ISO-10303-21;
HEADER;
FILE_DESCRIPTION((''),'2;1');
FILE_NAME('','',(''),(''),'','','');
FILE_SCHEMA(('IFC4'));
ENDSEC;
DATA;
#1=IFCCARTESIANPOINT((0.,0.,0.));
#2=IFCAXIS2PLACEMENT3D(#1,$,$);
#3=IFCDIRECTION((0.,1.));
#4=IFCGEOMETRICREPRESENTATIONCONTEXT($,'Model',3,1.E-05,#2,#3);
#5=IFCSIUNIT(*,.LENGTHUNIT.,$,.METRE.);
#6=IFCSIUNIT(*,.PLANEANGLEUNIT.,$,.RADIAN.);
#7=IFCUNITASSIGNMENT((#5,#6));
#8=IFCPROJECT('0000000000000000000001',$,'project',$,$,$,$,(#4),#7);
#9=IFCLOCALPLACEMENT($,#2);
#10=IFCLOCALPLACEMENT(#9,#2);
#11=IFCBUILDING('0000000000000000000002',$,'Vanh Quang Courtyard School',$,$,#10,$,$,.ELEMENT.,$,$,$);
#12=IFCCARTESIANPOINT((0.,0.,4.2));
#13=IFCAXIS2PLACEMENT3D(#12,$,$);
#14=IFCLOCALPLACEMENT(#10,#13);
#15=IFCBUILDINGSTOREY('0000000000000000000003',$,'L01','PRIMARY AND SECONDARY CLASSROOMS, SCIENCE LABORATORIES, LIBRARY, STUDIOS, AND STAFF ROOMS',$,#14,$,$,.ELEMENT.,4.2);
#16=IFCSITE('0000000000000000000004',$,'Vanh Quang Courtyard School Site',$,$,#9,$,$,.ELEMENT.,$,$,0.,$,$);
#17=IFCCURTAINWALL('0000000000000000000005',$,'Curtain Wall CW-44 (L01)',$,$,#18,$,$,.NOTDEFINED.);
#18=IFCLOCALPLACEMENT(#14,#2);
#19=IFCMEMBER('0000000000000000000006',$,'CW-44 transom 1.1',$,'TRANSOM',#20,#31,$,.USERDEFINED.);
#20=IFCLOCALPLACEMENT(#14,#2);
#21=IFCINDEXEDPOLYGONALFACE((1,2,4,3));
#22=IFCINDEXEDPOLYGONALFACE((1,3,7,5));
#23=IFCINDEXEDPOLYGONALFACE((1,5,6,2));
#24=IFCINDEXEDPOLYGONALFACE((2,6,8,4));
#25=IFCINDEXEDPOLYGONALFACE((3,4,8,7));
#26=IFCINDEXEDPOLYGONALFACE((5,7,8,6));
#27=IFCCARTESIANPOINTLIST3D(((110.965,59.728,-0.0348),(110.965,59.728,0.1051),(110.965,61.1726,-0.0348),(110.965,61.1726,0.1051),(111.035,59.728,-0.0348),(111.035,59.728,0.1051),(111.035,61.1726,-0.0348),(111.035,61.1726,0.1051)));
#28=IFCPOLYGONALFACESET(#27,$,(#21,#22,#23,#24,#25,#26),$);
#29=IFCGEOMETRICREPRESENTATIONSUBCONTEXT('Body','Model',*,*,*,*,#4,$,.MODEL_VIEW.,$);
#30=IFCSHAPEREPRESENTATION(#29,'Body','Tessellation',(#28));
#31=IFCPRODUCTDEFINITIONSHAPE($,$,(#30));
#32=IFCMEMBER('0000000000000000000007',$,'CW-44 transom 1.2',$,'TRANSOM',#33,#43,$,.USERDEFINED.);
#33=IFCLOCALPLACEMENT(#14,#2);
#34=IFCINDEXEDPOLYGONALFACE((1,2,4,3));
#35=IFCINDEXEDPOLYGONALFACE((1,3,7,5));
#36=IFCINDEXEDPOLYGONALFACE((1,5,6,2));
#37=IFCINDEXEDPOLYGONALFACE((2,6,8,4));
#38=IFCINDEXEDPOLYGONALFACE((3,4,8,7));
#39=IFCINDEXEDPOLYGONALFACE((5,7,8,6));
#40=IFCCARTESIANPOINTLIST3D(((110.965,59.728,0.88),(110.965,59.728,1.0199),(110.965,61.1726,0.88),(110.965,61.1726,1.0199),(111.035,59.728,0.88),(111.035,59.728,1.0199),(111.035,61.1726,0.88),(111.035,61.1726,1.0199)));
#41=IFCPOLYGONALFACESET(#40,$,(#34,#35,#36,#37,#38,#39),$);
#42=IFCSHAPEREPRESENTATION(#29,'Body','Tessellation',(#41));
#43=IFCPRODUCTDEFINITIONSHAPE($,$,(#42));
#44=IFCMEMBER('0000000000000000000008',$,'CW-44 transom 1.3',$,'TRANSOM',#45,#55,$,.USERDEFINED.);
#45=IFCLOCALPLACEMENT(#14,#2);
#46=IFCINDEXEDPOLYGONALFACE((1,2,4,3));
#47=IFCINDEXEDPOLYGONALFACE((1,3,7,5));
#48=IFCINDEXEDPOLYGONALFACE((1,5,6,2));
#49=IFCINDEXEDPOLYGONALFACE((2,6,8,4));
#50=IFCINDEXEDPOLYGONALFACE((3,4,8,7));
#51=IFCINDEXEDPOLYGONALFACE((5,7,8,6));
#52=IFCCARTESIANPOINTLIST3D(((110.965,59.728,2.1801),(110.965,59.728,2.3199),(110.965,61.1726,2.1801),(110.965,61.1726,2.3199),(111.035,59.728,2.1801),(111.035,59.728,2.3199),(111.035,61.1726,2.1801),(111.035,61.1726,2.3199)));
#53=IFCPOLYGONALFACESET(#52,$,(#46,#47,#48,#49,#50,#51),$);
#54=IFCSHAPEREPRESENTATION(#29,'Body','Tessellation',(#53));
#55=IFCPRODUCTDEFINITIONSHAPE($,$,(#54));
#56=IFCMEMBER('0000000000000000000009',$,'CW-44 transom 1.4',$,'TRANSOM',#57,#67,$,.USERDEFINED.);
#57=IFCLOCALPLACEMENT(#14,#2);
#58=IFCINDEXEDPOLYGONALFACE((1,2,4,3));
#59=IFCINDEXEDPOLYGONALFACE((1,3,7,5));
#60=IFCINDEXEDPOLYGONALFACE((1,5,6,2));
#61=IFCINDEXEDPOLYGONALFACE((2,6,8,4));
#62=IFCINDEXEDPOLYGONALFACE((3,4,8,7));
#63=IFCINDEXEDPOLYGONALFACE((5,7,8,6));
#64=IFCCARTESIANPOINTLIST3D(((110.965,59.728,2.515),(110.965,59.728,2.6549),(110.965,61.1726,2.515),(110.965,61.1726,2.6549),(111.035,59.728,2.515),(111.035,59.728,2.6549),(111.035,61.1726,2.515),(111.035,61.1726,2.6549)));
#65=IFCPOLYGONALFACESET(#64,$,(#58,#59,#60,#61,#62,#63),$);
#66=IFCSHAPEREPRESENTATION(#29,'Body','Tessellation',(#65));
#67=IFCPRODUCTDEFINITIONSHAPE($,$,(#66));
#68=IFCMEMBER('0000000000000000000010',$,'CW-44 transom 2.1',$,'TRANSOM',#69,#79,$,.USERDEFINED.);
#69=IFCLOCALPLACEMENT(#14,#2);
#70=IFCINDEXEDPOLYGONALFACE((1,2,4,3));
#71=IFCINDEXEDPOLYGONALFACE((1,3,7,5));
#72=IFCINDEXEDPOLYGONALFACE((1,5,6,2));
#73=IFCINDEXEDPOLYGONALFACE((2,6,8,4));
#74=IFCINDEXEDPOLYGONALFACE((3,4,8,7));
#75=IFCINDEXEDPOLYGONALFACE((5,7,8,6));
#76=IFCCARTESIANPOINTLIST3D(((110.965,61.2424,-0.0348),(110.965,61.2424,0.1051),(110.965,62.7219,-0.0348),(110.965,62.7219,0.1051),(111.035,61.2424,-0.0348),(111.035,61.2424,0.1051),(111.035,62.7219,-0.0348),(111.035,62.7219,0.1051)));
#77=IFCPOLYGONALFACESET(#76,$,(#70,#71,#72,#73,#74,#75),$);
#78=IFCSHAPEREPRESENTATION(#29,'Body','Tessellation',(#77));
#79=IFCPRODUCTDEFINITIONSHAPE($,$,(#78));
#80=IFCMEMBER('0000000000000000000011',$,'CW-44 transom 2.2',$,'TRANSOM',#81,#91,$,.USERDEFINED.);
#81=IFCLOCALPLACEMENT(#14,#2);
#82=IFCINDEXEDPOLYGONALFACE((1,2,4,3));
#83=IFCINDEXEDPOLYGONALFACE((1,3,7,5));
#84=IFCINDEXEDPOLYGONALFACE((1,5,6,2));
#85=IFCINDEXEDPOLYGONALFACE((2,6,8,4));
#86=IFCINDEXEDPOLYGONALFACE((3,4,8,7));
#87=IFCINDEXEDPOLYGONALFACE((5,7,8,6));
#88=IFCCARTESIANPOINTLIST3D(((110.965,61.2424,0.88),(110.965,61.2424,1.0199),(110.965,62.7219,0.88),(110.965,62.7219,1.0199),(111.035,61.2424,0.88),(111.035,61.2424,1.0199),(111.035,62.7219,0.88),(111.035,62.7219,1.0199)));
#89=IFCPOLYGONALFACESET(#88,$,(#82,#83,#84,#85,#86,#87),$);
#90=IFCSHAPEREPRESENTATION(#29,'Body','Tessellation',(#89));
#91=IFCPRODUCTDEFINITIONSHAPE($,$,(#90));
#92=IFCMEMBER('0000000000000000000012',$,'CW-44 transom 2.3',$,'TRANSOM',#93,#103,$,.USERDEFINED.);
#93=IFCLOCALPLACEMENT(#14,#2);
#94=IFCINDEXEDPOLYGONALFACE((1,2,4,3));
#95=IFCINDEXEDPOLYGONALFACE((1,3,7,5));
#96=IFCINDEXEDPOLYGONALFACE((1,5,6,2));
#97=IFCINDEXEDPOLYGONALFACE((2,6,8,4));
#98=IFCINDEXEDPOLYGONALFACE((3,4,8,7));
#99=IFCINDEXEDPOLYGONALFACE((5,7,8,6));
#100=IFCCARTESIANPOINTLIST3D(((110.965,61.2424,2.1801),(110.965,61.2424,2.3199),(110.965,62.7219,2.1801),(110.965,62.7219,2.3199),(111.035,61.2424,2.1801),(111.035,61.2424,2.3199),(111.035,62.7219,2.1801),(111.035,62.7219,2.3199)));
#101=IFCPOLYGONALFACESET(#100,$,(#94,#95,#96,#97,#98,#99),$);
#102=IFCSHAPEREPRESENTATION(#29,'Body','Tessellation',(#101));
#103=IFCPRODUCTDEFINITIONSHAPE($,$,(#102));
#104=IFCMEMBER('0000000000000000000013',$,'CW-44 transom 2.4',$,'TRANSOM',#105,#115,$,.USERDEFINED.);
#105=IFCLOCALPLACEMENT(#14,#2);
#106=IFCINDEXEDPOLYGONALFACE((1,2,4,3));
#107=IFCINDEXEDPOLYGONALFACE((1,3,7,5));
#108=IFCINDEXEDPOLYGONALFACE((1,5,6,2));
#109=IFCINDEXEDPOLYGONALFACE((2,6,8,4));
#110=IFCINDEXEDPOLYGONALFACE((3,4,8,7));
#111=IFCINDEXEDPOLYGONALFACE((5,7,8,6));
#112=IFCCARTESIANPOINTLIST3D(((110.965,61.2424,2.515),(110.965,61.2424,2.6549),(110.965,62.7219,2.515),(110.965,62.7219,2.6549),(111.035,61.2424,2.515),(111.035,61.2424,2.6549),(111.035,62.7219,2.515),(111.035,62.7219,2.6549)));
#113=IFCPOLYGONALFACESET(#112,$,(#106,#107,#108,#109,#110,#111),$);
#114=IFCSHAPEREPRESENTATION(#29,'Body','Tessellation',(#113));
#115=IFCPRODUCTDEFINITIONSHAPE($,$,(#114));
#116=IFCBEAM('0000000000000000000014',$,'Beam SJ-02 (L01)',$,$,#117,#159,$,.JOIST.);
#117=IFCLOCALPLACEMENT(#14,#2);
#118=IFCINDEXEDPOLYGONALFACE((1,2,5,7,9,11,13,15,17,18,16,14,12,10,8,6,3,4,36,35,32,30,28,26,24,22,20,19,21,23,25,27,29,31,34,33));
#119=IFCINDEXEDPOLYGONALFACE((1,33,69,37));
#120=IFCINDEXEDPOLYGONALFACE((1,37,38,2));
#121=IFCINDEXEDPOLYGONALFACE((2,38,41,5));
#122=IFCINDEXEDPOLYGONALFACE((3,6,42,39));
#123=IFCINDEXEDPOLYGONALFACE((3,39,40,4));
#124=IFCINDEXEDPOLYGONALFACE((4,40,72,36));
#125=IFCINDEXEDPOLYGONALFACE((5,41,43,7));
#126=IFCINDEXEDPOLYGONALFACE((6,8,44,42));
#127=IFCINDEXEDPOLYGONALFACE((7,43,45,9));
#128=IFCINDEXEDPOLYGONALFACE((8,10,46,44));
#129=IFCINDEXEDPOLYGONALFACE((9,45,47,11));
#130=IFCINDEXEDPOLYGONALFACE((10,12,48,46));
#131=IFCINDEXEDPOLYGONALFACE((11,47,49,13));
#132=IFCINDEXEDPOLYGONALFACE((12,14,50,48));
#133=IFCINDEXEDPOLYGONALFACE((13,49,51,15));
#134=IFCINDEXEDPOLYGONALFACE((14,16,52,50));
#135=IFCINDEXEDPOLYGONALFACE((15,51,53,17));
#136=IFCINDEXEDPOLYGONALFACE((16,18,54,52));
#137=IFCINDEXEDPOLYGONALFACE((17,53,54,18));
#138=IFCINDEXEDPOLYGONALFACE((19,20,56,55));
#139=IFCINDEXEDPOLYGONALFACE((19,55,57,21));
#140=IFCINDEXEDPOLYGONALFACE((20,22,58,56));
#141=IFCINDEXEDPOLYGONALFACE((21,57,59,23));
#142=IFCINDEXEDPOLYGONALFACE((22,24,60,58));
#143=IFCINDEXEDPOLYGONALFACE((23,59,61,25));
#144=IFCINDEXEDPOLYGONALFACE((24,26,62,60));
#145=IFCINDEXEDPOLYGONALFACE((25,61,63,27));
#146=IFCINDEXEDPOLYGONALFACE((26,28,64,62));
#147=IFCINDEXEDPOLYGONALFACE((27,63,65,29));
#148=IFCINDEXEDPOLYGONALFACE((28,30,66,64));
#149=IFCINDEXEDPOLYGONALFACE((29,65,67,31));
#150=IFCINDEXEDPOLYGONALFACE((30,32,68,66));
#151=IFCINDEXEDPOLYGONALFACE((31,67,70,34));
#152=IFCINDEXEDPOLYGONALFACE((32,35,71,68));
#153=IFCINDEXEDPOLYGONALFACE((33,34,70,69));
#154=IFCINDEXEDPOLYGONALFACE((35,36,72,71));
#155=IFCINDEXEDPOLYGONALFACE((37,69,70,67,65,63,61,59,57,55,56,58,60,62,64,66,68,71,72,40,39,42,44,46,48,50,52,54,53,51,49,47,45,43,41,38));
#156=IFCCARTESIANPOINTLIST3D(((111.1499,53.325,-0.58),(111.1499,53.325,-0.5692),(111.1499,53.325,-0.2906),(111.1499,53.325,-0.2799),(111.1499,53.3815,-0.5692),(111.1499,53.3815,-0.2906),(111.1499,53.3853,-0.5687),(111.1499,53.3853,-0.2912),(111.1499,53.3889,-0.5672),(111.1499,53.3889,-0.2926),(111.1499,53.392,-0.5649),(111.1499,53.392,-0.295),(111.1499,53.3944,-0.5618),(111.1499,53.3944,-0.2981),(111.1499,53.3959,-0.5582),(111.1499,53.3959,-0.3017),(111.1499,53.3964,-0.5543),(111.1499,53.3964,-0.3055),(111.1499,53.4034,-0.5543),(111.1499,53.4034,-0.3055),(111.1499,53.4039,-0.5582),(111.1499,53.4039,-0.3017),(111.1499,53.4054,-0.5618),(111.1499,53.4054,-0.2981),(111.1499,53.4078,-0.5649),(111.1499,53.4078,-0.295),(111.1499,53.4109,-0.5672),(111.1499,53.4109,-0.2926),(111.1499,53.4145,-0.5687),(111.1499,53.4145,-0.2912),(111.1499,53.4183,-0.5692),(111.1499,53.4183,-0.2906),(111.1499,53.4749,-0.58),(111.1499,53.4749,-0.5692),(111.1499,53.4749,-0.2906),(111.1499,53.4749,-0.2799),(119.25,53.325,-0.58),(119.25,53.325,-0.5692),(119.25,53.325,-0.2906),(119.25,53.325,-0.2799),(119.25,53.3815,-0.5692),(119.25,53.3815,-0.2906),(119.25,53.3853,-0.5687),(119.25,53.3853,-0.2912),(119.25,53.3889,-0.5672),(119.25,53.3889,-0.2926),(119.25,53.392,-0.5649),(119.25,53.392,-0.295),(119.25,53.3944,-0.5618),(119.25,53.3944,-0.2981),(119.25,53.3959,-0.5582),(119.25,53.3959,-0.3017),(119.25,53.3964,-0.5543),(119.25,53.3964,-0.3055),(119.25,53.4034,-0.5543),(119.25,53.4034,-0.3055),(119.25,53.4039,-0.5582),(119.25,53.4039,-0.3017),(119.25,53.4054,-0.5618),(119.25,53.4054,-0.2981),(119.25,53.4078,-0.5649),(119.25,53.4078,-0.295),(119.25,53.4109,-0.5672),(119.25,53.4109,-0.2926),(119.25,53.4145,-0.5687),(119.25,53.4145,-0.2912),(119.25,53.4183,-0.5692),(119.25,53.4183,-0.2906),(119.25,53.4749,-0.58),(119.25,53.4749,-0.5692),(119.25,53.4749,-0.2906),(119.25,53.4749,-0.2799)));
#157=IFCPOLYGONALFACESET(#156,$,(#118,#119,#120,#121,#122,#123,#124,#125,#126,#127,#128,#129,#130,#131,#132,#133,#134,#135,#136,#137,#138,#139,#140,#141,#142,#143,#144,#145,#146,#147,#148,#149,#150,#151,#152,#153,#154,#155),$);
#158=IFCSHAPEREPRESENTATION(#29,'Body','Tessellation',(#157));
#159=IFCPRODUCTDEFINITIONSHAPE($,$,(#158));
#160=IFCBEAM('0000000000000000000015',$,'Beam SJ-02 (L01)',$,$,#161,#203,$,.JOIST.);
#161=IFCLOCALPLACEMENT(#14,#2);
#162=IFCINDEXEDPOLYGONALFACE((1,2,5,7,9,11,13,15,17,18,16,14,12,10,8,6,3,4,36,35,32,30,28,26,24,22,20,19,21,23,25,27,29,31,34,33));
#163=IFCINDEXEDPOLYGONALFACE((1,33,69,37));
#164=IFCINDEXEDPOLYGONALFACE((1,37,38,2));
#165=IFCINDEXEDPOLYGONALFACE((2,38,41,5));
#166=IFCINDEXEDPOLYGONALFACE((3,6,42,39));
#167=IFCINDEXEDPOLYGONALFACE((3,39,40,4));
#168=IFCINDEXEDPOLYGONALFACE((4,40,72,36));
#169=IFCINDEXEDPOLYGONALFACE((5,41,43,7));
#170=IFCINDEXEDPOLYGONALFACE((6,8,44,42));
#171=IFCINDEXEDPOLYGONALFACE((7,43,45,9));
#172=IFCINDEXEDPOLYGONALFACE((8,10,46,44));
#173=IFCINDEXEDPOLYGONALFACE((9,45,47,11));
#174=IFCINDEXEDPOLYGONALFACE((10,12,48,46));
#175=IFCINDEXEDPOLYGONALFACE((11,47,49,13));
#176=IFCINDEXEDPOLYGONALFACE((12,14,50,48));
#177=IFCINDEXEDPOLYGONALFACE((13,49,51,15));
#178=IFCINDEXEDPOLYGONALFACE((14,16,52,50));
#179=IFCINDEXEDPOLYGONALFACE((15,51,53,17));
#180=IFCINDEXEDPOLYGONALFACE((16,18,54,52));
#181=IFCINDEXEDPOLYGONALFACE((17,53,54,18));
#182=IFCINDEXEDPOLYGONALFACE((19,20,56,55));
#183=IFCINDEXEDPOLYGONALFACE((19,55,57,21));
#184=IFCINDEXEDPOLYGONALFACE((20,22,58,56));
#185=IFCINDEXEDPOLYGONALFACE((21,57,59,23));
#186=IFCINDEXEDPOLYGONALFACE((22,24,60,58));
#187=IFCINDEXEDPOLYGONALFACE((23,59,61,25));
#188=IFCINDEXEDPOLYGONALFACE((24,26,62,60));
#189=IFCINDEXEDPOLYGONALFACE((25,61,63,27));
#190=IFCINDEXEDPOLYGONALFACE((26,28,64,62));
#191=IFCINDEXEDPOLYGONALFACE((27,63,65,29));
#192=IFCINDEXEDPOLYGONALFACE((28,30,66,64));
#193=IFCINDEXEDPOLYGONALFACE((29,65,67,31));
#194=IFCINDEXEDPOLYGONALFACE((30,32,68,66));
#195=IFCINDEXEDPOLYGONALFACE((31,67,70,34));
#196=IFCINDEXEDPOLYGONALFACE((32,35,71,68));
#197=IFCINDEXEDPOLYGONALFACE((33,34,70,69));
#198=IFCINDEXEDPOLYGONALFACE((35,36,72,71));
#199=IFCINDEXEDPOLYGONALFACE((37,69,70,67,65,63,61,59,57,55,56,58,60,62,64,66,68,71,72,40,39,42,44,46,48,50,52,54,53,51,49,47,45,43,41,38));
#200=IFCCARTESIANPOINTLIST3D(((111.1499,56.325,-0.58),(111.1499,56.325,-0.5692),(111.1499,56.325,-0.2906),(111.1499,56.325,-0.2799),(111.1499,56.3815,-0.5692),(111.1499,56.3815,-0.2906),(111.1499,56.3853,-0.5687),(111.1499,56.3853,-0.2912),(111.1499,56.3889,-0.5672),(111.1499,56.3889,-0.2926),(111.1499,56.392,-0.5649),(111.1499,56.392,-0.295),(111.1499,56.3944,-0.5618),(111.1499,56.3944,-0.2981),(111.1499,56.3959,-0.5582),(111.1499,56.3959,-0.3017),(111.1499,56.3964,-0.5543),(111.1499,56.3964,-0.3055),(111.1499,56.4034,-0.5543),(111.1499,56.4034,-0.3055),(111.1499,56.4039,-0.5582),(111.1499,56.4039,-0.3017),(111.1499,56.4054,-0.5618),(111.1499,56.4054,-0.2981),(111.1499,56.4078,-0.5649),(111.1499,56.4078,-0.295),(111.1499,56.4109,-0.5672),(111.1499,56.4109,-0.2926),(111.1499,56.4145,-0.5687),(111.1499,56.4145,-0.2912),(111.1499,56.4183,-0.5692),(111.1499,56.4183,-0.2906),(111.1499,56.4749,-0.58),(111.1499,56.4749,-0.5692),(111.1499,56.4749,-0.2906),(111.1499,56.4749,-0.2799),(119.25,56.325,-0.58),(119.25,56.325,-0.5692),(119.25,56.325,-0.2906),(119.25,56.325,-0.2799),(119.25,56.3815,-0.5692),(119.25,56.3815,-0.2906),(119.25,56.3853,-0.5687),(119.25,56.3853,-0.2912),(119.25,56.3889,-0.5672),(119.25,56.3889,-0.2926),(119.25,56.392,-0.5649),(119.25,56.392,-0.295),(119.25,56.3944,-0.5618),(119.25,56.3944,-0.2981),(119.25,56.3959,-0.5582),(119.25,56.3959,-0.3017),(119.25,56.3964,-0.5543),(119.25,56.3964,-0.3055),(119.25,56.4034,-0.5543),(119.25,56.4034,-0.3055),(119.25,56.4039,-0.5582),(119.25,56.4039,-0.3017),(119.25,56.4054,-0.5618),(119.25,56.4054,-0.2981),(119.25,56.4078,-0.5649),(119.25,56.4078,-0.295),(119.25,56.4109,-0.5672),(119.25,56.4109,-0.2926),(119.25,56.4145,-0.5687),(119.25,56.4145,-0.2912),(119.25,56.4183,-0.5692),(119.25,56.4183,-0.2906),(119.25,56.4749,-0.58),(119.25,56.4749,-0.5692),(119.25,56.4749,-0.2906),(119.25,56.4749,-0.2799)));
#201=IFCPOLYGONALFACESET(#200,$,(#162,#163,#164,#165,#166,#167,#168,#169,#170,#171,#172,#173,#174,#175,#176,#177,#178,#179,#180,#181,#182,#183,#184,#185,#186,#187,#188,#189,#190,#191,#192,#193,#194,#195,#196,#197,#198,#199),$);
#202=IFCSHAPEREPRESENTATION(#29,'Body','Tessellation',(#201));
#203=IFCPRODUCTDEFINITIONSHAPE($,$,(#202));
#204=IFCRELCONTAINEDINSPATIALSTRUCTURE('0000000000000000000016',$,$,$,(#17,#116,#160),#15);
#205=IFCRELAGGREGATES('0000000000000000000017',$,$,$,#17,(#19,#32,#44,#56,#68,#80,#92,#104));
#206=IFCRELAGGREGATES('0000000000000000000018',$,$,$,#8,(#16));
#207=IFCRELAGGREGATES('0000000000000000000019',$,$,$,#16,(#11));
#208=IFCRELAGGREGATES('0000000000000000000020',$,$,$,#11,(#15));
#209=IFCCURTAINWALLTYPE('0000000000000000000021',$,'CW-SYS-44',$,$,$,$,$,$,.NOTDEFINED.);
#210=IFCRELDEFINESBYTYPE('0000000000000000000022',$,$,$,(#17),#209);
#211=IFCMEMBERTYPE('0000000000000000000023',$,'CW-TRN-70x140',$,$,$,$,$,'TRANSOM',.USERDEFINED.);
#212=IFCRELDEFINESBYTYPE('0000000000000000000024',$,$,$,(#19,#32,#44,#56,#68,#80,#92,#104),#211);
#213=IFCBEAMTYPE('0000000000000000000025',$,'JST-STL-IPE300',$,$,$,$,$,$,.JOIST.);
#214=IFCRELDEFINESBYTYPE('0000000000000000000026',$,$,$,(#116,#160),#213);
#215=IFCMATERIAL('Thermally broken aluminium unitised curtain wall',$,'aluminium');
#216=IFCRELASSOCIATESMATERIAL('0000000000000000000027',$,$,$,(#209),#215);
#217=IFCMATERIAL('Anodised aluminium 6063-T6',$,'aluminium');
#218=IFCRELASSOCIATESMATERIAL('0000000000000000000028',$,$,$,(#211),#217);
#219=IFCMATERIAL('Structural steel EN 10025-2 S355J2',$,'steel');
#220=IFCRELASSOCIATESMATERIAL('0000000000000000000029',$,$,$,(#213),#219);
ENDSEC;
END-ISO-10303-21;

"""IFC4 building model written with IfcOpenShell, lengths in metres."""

from ifc_helpers import new_model, si_unit, direction, frame, origin, origin_2d, place, context, subcontext, project, spatial, rectangle, i_section, extrude, material, material_profile, profile_set, type_object, element, aggregate, save


model = new_model("IFC4")

# Units and contexts
model_context = context("Model", 3, precision=1e-05, world=origin(), true_north=direction((0.0, 1.0)))
body_context = subcontext(model_context, "Body", "Model", "MODEL_VIEW")
ifc_project = project(units=[si_unit("LENGTHUNIT", "METRE"), si_unit("PLANEANGLEUNIT", "RADIAN")], contexts=[model_context])

# Site, building, storey
site_placement = place(None, origin())
site = spatial("IfcSite", under=ifc_project, at=site_placement, Name="Vanh Quang Courtyard School Site", CompositionType="ELEMENT", RefElevation=0.0)
building_placement = place(site_placement, origin())
building = spatial("IfcBuilding", under=site, at=building_placement, Name="Vanh Quang Courtyard School", CompositionType="ELEMENT")
storey_placement = place(building_placement, frame((0.0, 0.0, 4.2)))
storey = spatial("IfcBuildingStorey", under=building, at=storey_placement, Name="L01", Description="PRIMARY AND SECONDARY CLASSROOMS, SCIENCE LABORATORIES, LIBRARY, STUDIOS, AND STAFF ROOMS", CompositionType="ELEMENT", Elevation=4.2)

# Shared definitions
ifc_material_1 = material(Name="Structural steel EN 10025-2 S355J2", Category="steel")

# Curtain wall, members
ifc_material_2 = material(Name="Thermally broken aluminium unitised curtain wall", Category="aluminium")
curtain_wall_type = type_object("IfcCurtainWallType", Name="CW-SYS-44", PredefinedType="NOTDEFINED", material=ifc_material_2)
curtain_wall_placement = place(storey_placement, origin())
curtain_wall = element("IfcCurtainWall", 1, at=curtain_wall_placement, inside=storey, type_object=curtain_wall_type, Name="Curtain Wall CW-44 (L01)", PredefinedType="NOTDEFINED")
ifc_material_3 = material(Name="Anodised aluminium 6063-T6", Category="aluminium")
ifc_material_profile_1 = material_profile(ifc_material_3, rectangle(XDim=0.0701, YDim=0.1399, at=origin_2d()), Name="ALU-TRN 70x140")
ifc_profile_set_1 = profile_set([ifc_material_profile_1], Name="Anodised aluminium 6063-T6")
member_type_1 = type_object("IfcMemberType", Name="CW-TRN-70x140", ElementType="TRANSOM", PredefinedType="USERDEFINED", material=ifc_profile_set_1)
member_1_placement = place(storey_placement, frame((111.0, 59.728, 0.0352), z_axis=(0.0, 1.0, 0.0), x_axis=(-1.0, 0.0, 0.0)))
member_1 = element("IfcMember", 2, at=member_1_placement, type_object=member_type_1, Name="CW-44 transom 1.1", ObjectType="TRANSOM", PredefinedType="USERDEFINED", context=body_context, shape_type="SweptSolid", body=[
    extrude(rectangle(XDim=0.0701, YDim=0.1399, at=origin_2d()), origin(), (0.0, 0.0, 1.0), 1.4446),
])
member_2_placement = place(storey_placement, frame((111.0, 59.728, 0.95), z_axis=(0.0, 1.0, 0.0), x_axis=(-1.0, 0.0, 0.0)))
member_2 = element("IfcMember", 3, at=member_2_placement, type_object=member_type_1, Name="CW-44 transom 1.2", ObjectType="TRANSOM", PredefinedType="USERDEFINED", context=body_context, shape_type="SweptSolid", body=[
    extrude(rectangle(XDim=0.0701, YDim=0.1399, at=origin_2d()), origin(), (0.0, 0.0, 1.0), 1.4446),
])
member_3_placement = place(storey_placement, frame((111.0, 59.728, 2.25), z_axis=(0.0, 1.0, 0.0), x_axis=(-1.0, 0.0, 0.0)))
member_3 = element("IfcMember", 4, at=member_3_placement, type_object=member_type_1, Name="CW-44 transom 1.3", ObjectType="TRANSOM", PredefinedType="USERDEFINED", context=body_context, shape_type="SweptSolid", body=[
    extrude(rectangle(XDim=0.0701, YDim=0.1399, at=origin_2d()), origin(), (0.0, 0.0, 1.0), 1.4446),
])
member_4_placement = place(storey_placement, frame((111.0, 59.728, 2.585), z_axis=(0.0, 1.0, 0.0), x_axis=(-1.0, 0.0, 0.0)))
member_4 = element("IfcMember", 5, at=member_4_placement, type_object=member_type_1, Name="CW-44 transom 1.4", ObjectType="TRANSOM", PredefinedType="USERDEFINED", context=body_context, shape_type="SweptSolid", body=[
    extrude(rectangle(XDim=0.0701, YDim=0.1399, at=origin_2d()), origin(), (0.0, 0.0, 1.0), 1.4446),
])
member_5_placement = place(storey_placement, frame((111.0, 61.2424, 0.0352), z_axis=(0.0, 1.0, 0.0), x_axis=(-1.0, 0.0, 0.0)))
member_5 = element("IfcMember", 6, at=member_5_placement, type_object=member_type_1, Name="CW-44 transom 2.1", ObjectType="TRANSOM", PredefinedType="USERDEFINED", context=body_context, shape_type="SweptSolid", body=[
    extrude(rectangle(XDim=0.0701, YDim=0.1399, at=origin_2d()), origin(), (0.0, 0.0, 1.0), 1.4795),
])
member_6_placement = place(storey_placement, frame((111.0, 61.2424, 0.95), z_axis=(0.0, 1.0, 0.0), x_axis=(-1.0, 0.0, 0.0)))
member_6 = element("IfcMember", 7, at=member_6_placement, type_object=member_type_1, Name="CW-44 transom 2.2", ObjectType="TRANSOM", PredefinedType="USERDEFINED", context=body_context, shape_type="SweptSolid", body=[
    extrude(rectangle(XDim=0.0701, YDim=0.1399, at=origin_2d()), origin(), (0.0, 0.0, 1.0), 1.4795),
])
member_7_placement = place(storey_placement, frame((111.0, 61.2424, 2.25), z_axis=(0.0, 1.0, 0.0), x_axis=(-1.0, 0.0, 0.0)))
member_7 = element("IfcMember", 8, at=member_7_placement, type_object=member_type_1, Name="CW-44 transom 2.3", ObjectType="TRANSOM", PredefinedType="USERDEFINED", context=body_context, shape_type="SweptSolid", body=[
    extrude(rectangle(XDim=0.0701, YDim=0.1399, at=origin_2d()), origin(), (0.0, 0.0, 1.0), 1.4795),
])
member_8_placement = place(storey_placement, frame((111.0, 61.2424, 2.585), z_axis=(0.0, 1.0, 0.0), x_axis=(-1.0, 0.0, 0.0)))
member_8 = element("IfcMember", 9, at=member_8_placement, type_object=member_type_1, Name="CW-44 transom 2.4", ObjectType="TRANSOM", PredefinedType="USERDEFINED", context=body_context, shape_type="SweptSolid", body=[
    extrude(rectangle(XDim=0.0701, YDim=0.1399, at=origin_2d()), origin(), (0.0, 0.0, 1.0), 1.4795),
])

# Beams
ifc_material_profile_2 = material_profile(ifc_material_1, i_section(OverallWidth=0.1499, OverallDepth=0.3, WebThickness=0.0071, FlangeThickness=0.0107, FilletRadius=0.0149, at=origin_2d()), Name="IPE 300")
ifc_profile_set_2 = profile_set([ifc_material_profile_2], Name="Structural steel EN 10025-2 S355J2")
beam_type_1 = type_object("IfcBeamType", Name="JST-STL-IPE300", PredefinedType="JOIST", material=ifc_profile_set_2)
for number, where, z_axis, x_axis, name in (
    (10, (111.1499, 53.3999, -0.4299), (1.0, 0.0, 0.0), (0.0, 1.0, 0.0), "Beam SJ-02 (L01)"),
    (11, (111.1499, 56.3999, -0.4299), (1.0, 0.0, 0.0), (0.0, 1.0, 0.0), "Beam SJ-02 (L01)"),
):
    element("IfcBeam", number, at=place(storey_placement, frame(where, z_axis=z_axis, x_axis=x_axis)), inside=storey, type_object=beam_type_1, Name=name, PredefinedType="JOIST", context=body_context, shape_type="SweptSolid", body=[
        extrude(i_section(OverallWidth=0.1499, OverallDepth=0.3, WebThickness=0.0071, FlangeThickness=0.0107, FilletRadius=0.0149, at=origin_2d()), origin(), (0.0, 0.0, 1.0), 8.1001),
    ])

aggregate(curtain_wall, [member_1, member_2, member_3, member_4, member_5, member_6, member_7, member_8])

save(model, "model.ifc")
